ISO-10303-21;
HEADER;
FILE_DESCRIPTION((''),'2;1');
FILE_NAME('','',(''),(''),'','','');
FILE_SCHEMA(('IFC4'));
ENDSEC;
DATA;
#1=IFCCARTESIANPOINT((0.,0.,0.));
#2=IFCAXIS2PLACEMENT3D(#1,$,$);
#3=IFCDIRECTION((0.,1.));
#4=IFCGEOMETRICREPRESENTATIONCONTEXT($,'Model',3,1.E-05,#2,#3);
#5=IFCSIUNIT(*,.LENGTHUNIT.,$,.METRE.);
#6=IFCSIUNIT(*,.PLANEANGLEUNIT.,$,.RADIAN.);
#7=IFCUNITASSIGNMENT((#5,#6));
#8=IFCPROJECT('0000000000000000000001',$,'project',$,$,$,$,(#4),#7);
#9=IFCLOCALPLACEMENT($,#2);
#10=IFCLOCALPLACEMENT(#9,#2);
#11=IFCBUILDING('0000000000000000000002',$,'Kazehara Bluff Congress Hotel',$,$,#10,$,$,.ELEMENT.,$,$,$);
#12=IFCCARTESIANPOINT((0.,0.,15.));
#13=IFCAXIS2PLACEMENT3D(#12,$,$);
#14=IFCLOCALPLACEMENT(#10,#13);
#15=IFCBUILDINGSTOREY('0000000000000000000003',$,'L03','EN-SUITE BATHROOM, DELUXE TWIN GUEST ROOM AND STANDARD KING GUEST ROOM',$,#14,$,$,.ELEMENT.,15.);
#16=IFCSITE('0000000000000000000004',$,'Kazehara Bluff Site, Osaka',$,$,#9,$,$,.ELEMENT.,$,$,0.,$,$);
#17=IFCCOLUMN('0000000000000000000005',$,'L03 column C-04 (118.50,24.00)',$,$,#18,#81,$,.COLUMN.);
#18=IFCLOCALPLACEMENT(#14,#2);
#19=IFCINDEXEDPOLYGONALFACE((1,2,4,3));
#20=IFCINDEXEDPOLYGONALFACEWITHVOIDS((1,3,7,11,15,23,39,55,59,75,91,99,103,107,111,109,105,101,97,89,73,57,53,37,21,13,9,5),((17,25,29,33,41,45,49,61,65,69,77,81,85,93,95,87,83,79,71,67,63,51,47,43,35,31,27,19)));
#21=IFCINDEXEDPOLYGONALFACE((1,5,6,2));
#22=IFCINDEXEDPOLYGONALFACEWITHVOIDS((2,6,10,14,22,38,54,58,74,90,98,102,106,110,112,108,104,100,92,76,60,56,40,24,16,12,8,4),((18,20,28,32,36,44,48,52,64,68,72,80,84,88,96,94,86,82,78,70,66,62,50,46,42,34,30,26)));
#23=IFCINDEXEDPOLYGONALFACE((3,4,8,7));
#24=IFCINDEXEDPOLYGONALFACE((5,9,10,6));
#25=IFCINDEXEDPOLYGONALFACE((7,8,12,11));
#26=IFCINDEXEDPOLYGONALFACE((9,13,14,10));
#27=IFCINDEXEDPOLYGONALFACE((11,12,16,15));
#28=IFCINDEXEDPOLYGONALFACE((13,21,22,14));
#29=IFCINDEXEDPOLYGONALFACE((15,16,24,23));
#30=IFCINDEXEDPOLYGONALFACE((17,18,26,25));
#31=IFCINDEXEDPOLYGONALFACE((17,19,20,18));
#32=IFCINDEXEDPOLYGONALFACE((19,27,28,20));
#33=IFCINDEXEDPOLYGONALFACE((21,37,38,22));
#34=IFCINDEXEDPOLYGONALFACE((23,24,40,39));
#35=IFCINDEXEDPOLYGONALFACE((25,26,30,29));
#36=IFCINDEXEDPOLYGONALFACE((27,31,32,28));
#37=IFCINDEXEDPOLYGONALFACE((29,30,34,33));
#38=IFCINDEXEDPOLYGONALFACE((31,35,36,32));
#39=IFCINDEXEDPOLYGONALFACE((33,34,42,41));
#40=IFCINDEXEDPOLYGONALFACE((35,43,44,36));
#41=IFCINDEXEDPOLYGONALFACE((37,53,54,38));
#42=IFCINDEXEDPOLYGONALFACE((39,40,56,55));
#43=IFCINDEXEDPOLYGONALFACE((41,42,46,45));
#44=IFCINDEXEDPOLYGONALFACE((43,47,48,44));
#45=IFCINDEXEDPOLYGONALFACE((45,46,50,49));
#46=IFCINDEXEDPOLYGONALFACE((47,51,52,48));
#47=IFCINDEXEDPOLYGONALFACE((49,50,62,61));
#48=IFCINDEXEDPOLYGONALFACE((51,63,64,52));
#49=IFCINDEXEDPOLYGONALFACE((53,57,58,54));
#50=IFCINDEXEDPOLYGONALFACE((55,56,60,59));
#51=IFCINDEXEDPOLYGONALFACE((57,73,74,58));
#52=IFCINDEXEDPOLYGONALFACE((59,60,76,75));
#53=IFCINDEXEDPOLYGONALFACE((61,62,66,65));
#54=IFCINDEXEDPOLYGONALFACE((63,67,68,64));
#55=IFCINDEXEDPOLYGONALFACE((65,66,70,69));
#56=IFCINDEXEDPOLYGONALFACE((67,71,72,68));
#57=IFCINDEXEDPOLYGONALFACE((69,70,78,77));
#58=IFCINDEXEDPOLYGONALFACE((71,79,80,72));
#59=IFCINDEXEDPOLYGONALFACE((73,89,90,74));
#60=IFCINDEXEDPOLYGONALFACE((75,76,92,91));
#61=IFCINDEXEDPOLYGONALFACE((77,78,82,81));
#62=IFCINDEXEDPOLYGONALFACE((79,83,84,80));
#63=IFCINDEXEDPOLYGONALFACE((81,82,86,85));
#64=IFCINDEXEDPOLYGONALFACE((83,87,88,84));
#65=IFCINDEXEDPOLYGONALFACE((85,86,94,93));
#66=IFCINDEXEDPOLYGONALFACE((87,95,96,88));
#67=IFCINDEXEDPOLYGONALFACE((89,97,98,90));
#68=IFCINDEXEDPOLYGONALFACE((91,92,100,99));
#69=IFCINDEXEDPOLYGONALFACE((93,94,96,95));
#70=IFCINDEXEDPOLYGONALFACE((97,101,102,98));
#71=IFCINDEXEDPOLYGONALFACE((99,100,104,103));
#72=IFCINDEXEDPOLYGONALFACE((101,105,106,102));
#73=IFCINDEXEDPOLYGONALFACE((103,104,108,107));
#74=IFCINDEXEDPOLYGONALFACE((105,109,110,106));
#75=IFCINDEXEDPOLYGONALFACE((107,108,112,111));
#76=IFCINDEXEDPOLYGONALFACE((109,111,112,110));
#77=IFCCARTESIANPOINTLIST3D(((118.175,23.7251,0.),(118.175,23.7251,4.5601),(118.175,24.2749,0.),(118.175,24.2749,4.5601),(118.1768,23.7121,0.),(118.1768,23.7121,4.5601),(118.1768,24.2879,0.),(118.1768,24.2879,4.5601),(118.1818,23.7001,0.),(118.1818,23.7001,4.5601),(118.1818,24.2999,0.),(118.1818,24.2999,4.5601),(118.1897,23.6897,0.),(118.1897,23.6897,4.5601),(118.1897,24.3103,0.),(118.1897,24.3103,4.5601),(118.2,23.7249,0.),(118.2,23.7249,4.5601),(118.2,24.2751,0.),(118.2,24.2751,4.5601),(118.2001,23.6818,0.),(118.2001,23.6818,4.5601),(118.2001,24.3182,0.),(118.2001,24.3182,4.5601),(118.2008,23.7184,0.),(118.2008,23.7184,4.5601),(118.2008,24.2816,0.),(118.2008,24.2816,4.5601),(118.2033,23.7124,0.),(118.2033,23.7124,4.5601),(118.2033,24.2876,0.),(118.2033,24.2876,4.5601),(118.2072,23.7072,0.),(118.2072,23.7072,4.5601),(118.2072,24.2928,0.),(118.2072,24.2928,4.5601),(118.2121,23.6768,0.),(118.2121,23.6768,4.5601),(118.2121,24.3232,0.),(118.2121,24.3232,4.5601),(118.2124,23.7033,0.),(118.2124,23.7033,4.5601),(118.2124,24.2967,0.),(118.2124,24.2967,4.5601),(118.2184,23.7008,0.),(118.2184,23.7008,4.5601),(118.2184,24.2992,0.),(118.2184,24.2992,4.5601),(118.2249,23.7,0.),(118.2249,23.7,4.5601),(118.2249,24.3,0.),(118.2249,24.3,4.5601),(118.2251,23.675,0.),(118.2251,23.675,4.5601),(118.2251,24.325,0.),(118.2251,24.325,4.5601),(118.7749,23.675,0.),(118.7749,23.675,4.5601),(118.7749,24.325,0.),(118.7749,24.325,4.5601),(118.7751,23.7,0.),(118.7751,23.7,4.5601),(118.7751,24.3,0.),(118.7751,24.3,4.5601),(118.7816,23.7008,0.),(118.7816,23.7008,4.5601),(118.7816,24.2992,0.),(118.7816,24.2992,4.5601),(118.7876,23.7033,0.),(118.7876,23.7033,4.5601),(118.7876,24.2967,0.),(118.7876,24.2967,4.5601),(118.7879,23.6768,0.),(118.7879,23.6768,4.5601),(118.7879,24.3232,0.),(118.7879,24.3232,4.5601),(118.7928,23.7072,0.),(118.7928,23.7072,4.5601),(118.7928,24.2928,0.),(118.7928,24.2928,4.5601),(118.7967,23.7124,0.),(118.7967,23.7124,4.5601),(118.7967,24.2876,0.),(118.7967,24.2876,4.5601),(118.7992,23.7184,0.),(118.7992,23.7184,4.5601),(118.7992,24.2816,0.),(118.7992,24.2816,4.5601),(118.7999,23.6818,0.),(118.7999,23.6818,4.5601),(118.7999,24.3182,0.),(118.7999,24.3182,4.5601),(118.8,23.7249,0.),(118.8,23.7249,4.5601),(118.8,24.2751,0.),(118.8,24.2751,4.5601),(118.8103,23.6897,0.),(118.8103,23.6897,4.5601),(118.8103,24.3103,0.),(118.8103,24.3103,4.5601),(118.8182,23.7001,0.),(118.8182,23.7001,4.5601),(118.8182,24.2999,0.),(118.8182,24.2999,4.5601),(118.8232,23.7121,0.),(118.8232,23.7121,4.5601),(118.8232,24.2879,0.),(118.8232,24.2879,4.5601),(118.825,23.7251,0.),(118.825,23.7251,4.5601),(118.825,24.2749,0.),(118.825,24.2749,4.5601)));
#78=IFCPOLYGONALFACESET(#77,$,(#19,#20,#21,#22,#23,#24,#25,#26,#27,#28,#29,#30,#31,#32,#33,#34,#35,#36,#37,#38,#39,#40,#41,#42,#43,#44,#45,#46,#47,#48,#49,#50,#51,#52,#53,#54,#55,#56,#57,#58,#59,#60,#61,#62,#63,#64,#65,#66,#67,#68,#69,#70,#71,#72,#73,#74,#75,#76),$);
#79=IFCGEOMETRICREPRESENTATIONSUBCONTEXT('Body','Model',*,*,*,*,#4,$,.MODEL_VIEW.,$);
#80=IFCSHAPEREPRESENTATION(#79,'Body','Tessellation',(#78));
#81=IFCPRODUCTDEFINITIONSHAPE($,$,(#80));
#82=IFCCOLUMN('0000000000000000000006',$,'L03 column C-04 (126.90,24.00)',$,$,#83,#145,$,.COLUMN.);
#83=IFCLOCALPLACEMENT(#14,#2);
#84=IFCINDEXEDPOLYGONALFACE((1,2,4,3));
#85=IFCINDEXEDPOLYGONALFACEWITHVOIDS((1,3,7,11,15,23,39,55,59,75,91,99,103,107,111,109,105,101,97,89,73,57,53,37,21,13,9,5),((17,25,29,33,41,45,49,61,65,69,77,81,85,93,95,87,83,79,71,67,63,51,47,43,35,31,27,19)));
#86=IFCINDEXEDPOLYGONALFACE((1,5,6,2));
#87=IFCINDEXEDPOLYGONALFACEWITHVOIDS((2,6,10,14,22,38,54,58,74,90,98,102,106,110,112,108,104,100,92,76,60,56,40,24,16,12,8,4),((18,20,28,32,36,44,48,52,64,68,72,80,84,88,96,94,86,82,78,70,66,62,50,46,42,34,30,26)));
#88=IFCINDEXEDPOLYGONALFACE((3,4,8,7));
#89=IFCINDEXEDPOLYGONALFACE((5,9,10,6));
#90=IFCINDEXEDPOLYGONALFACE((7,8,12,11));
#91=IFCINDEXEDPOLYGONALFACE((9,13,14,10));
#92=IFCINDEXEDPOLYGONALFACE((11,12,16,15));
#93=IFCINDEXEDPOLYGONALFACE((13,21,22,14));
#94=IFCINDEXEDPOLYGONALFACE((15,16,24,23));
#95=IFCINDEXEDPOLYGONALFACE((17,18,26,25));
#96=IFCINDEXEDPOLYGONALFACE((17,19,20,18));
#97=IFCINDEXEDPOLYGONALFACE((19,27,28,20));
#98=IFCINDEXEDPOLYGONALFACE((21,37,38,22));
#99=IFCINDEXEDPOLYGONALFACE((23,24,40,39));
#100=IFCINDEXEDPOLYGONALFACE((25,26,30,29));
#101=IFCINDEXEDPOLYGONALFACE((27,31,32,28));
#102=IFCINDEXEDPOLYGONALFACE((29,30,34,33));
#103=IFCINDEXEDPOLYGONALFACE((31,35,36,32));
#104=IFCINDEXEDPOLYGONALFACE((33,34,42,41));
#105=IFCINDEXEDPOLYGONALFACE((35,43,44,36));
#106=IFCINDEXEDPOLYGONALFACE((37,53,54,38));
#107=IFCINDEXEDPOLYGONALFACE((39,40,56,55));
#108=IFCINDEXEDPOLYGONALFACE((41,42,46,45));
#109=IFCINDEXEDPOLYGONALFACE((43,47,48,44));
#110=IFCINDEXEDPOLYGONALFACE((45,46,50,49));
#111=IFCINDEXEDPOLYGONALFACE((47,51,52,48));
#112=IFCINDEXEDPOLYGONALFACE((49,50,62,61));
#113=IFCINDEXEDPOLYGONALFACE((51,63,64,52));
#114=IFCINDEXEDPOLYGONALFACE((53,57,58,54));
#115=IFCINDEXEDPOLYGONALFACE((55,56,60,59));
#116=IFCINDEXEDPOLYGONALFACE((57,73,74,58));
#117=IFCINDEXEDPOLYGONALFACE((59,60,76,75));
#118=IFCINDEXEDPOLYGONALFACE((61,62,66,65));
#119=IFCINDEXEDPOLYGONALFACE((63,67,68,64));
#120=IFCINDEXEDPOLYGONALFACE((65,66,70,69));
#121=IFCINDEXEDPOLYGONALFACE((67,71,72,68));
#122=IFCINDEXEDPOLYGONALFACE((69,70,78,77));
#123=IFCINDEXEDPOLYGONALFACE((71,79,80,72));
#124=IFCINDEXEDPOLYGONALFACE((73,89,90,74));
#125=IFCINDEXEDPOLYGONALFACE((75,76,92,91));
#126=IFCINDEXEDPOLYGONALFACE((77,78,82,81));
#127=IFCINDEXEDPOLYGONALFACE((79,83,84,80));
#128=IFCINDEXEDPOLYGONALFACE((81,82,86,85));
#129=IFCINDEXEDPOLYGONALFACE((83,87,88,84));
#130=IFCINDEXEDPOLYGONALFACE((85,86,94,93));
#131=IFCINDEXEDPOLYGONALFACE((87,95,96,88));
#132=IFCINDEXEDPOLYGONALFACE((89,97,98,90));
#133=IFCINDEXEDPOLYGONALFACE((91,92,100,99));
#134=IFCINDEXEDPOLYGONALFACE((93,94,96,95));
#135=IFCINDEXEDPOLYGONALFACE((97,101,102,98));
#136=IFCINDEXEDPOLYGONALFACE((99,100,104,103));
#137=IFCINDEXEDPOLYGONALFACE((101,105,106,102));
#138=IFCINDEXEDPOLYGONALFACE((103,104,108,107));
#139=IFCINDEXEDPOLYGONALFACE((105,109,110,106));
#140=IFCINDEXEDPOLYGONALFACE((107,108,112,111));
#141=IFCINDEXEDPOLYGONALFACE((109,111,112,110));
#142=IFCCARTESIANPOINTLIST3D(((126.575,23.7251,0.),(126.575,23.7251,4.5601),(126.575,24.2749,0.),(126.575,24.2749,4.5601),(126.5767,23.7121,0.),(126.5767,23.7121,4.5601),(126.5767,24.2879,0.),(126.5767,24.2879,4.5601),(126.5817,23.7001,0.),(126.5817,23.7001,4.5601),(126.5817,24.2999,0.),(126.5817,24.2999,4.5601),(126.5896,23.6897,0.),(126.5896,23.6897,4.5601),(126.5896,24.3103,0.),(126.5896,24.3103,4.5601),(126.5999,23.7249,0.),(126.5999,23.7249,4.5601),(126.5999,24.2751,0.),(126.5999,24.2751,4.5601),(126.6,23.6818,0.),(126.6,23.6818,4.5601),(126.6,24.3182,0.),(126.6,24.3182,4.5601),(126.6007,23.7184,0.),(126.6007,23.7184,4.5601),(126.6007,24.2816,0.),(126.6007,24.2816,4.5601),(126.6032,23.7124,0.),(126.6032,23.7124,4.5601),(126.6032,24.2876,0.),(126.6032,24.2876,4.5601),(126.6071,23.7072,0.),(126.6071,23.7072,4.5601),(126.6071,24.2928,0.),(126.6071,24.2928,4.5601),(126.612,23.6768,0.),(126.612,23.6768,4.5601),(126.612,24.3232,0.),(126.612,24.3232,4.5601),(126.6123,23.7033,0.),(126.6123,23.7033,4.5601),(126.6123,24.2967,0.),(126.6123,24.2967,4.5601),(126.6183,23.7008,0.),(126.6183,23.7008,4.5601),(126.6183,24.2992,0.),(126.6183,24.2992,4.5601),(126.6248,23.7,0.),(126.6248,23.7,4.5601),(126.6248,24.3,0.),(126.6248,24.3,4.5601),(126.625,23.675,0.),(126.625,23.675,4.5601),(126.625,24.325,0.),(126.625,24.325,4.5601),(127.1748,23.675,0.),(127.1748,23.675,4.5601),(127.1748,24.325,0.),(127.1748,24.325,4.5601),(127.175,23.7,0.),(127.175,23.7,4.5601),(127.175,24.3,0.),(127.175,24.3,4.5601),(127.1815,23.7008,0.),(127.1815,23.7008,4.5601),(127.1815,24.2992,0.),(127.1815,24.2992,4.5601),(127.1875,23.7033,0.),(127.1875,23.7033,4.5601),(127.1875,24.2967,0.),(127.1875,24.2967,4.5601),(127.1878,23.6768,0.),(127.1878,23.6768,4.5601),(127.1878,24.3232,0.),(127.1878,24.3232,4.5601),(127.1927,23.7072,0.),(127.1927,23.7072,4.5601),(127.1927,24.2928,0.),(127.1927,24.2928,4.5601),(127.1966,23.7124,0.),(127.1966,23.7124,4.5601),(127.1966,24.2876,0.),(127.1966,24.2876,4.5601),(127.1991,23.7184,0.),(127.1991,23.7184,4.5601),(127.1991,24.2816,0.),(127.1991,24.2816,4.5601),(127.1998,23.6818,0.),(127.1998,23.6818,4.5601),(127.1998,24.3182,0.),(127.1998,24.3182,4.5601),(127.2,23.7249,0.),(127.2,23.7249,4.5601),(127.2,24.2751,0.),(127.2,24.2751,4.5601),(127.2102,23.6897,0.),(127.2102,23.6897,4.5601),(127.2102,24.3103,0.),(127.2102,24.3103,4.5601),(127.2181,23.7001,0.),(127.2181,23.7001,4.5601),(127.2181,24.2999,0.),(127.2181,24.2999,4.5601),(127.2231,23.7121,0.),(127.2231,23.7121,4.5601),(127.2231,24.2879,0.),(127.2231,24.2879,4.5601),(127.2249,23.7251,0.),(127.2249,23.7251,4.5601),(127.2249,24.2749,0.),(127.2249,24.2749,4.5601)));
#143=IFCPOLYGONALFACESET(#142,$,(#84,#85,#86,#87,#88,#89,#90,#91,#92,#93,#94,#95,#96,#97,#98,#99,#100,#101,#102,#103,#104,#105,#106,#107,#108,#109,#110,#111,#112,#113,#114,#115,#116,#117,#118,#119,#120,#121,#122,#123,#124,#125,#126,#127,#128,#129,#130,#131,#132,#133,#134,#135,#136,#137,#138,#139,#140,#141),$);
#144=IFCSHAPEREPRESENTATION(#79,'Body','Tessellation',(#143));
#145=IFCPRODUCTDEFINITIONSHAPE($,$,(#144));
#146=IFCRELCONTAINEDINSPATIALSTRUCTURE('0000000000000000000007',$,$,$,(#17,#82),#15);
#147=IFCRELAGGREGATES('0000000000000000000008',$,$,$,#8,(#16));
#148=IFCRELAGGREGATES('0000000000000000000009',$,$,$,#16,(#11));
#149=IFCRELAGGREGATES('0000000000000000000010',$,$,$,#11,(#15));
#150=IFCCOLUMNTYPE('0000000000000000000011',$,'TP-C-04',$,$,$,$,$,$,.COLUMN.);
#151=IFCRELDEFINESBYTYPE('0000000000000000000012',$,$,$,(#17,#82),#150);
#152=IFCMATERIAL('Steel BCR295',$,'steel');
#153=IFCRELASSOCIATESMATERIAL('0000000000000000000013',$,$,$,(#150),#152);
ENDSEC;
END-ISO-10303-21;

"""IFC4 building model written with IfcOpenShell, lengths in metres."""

from ifc_helpers import new_model, si_unit, direction, frame, origin, origin_2d, place, context, subcontext, project, spatial, hollow_rectangle, extrude, material, material_profile, profile_set, type_object, element, save


model = new_model("IFC4")

# Units and contexts
model_context = context("Model", 3, precision=1e-05, world=origin(), true_north=direction((0.0, 1.0)))
body_context = subcontext(model_context, "Body", "Model", "MODEL_VIEW")
ifc_project = project(units=[si_unit("LENGTHUNIT", "METRE"), si_unit("PLANEANGLEUNIT", "RADIAN")], contexts=[model_context])

# Site, building, storey
site_placement = place(None, origin())
site = spatial("IfcSite", under=ifc_project, at=site_placement, Name="Kazehara Bluff Site, Osaka", CompositionType="ELEMENT", RefElevation=0.0)
building_placement = place(site_placement, origin())
building = spatial("IfcBuilding", under=site, at=building_placement, Name="Kazehara Bluff Congress Hotel", CompositionType="ELEMENT")
storey_placement = place(building_placement, frame((0.0, 0.0, 15.0)))
storey = spatial("IfcBuildingStorey", under=building, at=storey_placement, Name="L03", Description="EN-SUITE BATHROOM, DELUXE TWIN GUEST ROOM AND STANDARD KING GUEST ROOM", CompositionType="ELEMENT", Elevation=15.0)

# Columns
ifc_material_1 = material(Name="Steel BCR295", Category="steel")
ifc_material_profile_1 = material_profile(ifc_material_1, hollow_rectangle(XDim=0.6499, YDim=0.6499, WallThickness=0.0249, InnerFilletRadius=0.0249, OuterFilletRadius=0.05, at=origin_2d()))
ifc_profile_set_1 = profile_set([ifc_material_profile_1], Name="Steel BCR295")
column_type = type_object("IfcColumnType", Name="TP-C-04", PredefinedType="COLUMN", material=ifc_profile_set_1)
for number, where, z_axis, x_axis, name in (
    (1, (118.5, 24.0, 0.0), (0.0, 0.0, 1.0), (1.0, 0.0, 0.0), "L03 column C-04 (118.50,24.00)"),
    (2, (126.8999, 24.0, 0.0), (0.0, 0.0, 1.0), (1.0, 0.0, 0.0), "L03 column C-04 (126.90,24.00)"),
):
    element("IfcColumn", number, at=place(storey_placement, frame(where, z_axis=z_axis, x_axis=x_axis)), inside=storey, type_object=column_type, Name=name, PredefinedType="COLUMN", context=body_context, shape_type="SweptSolid", body=[
        extrude(hollow_rectangle(XDim=0.6499, YDim=0.6499, WallThickness=0.0249, InnerFilletRadius=0.0249, OuterFilletRadius=0.05, at=origin_2d()), origin(), (0.0, 0.0, 1.0), 4.5601),
    ])

save(model, "model.ifc")
